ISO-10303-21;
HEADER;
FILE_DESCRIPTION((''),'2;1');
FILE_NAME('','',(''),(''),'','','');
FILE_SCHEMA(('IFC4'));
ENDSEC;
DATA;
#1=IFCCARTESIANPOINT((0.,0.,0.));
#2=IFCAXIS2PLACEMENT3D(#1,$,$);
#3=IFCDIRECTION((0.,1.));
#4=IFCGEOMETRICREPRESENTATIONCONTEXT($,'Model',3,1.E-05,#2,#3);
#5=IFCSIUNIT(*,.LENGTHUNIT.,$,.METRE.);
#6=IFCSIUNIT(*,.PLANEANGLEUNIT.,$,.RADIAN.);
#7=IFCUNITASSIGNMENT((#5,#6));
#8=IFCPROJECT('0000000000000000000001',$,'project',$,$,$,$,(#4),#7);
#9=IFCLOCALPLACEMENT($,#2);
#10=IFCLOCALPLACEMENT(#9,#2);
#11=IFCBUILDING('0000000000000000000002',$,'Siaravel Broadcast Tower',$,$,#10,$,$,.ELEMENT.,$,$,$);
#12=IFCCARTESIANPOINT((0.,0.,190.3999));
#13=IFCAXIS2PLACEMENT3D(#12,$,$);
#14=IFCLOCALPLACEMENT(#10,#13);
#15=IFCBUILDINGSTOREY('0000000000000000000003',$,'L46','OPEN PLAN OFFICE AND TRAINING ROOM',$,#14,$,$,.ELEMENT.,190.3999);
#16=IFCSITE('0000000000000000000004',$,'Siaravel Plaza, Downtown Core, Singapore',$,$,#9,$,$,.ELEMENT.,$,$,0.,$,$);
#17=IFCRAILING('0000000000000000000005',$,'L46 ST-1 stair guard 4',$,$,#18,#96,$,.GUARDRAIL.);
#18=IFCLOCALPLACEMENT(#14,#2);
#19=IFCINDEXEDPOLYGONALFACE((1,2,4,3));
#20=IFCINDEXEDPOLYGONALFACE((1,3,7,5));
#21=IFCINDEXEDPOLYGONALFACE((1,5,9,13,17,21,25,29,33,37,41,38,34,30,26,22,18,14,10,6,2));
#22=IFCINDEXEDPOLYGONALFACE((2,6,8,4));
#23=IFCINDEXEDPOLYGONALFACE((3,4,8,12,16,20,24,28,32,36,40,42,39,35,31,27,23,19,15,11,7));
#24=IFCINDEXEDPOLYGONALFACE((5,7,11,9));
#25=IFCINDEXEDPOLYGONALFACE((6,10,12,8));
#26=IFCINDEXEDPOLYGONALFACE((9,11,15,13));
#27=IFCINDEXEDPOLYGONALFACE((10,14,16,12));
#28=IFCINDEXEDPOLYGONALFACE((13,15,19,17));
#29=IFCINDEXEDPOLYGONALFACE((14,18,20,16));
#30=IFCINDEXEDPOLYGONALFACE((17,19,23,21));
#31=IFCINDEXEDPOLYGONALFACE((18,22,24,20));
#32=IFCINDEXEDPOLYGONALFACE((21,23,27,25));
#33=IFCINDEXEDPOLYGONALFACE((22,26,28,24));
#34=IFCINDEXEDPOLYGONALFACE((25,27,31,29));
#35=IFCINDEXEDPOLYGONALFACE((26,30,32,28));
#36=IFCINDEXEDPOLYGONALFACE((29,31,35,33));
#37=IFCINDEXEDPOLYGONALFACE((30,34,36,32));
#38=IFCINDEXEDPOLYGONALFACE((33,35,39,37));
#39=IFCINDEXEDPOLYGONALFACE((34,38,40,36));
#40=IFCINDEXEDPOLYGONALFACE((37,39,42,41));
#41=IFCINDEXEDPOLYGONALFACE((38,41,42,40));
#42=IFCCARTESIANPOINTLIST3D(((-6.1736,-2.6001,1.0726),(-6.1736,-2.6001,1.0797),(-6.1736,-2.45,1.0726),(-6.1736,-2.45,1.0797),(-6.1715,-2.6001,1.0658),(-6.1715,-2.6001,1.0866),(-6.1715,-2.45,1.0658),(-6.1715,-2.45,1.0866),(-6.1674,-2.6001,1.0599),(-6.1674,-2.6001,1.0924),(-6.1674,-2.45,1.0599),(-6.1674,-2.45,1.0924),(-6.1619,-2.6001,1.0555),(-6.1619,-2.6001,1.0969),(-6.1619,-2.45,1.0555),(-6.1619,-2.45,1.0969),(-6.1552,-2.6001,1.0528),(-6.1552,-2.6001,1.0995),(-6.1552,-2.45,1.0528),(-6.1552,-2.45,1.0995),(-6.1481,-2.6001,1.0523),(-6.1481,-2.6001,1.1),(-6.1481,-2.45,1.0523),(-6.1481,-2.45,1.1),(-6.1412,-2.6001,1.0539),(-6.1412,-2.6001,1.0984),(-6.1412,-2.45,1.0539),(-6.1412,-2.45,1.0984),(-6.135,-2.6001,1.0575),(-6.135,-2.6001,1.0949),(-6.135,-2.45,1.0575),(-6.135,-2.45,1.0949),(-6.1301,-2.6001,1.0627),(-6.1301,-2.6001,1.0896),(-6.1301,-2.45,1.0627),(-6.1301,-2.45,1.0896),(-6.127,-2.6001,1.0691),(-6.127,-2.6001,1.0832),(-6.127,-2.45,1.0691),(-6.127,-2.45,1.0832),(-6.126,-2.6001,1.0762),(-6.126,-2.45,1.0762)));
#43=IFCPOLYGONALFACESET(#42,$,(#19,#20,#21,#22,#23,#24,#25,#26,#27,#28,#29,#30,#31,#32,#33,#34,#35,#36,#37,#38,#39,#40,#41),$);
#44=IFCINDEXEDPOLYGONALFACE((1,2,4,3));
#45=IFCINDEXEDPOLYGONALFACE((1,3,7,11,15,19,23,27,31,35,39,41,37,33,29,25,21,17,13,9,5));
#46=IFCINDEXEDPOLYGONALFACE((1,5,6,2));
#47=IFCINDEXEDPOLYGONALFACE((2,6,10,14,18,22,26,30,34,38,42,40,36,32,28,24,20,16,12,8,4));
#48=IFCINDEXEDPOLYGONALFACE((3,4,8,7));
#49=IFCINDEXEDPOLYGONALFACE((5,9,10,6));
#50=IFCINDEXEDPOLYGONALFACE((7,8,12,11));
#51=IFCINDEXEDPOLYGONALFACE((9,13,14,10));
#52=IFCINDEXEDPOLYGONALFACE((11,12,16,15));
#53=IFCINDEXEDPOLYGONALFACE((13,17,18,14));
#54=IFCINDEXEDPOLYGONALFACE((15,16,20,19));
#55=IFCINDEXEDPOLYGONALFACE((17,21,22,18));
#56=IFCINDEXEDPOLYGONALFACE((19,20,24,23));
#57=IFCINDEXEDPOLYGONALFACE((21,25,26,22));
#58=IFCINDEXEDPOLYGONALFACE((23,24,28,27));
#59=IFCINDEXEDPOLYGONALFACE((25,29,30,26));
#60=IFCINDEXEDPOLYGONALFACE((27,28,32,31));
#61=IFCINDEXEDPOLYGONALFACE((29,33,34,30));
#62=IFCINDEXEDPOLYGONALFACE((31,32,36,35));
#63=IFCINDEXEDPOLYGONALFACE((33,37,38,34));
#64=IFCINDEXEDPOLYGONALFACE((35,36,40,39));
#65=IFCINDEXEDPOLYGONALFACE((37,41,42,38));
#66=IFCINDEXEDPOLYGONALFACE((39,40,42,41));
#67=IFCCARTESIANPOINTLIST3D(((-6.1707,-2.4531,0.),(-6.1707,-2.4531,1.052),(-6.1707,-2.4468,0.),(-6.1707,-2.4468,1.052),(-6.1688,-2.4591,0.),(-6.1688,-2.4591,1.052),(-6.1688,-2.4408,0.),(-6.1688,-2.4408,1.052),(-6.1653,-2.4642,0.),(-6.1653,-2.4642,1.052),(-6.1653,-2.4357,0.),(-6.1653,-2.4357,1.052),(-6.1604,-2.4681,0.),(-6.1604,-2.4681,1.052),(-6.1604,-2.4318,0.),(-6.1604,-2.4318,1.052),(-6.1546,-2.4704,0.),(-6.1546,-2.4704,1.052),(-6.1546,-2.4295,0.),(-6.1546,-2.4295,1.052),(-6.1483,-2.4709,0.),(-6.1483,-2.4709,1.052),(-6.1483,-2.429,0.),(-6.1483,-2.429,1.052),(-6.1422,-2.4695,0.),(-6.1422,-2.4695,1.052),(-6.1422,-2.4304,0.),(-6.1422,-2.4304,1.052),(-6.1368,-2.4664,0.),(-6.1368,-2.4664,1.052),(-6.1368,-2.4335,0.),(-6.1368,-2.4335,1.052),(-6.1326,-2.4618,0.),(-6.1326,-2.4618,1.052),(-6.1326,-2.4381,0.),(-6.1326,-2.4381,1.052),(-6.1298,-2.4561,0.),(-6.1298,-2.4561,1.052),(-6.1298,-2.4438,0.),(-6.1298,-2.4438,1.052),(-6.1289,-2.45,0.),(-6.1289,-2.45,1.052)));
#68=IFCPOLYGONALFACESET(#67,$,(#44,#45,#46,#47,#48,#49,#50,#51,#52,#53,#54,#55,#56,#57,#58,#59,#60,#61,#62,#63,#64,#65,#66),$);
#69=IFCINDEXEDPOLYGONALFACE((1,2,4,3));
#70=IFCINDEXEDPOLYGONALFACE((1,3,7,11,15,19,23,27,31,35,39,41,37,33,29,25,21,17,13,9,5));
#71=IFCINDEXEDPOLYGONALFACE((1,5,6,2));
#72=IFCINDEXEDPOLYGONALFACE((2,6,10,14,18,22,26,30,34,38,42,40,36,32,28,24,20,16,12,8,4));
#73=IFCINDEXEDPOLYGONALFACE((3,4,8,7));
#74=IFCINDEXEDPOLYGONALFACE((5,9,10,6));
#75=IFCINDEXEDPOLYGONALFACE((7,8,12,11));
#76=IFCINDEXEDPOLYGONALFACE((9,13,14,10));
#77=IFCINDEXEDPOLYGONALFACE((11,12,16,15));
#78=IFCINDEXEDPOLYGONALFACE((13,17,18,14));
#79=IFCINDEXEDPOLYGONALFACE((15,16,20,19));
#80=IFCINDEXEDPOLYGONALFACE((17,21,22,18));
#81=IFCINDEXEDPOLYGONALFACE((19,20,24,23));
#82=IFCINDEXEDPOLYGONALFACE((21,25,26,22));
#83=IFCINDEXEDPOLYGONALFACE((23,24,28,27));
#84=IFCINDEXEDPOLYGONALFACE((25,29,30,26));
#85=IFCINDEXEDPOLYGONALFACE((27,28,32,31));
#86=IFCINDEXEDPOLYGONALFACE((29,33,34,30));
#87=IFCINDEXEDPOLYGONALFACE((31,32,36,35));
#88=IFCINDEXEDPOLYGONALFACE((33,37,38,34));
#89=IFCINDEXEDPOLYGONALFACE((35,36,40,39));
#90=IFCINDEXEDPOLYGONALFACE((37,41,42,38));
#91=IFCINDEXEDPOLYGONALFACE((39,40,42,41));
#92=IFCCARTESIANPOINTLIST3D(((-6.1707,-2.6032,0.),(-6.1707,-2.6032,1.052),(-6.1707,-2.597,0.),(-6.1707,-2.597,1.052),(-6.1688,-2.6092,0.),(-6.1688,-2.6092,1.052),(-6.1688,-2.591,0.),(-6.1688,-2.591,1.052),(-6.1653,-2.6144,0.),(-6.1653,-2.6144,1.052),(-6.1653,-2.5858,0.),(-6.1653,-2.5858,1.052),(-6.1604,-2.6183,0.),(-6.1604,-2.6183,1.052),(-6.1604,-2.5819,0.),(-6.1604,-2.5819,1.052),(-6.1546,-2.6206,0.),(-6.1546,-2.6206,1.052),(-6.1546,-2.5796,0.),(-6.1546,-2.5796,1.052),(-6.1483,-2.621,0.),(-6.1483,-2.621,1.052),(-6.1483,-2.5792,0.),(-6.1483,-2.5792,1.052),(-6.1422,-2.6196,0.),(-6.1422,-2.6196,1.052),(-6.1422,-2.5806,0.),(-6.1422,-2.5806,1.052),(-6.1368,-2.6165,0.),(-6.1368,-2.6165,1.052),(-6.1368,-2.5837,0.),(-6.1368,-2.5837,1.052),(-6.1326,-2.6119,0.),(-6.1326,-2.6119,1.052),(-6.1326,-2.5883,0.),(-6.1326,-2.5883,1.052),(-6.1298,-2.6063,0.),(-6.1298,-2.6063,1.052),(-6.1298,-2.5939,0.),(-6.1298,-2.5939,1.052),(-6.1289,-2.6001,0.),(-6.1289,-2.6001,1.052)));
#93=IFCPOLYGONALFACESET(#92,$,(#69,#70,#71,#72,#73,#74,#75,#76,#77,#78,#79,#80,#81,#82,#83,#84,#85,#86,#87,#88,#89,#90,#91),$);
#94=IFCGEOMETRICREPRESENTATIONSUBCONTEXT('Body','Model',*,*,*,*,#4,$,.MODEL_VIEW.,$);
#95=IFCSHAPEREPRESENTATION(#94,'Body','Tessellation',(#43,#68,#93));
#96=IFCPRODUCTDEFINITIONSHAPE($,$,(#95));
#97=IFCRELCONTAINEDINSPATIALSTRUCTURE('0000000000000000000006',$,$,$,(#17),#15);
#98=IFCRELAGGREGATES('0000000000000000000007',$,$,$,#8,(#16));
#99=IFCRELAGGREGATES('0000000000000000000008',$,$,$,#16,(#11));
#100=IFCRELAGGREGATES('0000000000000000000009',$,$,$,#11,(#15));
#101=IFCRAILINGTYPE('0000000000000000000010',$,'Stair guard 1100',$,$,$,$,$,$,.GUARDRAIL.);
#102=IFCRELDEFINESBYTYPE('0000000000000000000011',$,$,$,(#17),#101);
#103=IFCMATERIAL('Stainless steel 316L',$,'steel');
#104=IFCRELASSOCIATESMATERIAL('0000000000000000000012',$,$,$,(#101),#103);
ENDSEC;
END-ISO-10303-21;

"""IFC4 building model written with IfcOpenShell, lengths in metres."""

from ifc_helpers import new_model, si_unit, direction, frame, origin, origin_2d, place, context, subcontext, project, spatial, circle, extrude, material, type_object, element, save


model = new_model("IFC4")

# Units and contexts
model_context = context("Model", 3, precision=1e-05, world=origin(), true_north=direction((0.0, 1.0)))
body_context = subcontext(model_context, "Body", "Model", "MODEL_VIEW")
ifc_project = project(units=[si_unit("LENGTHUNIT", "METRE"), si_unit("PLANEANGLEUNIT", "RADIAN")], contexts=[model_context])

# Site, building, storey
site_placement = place(None, origin())
site = spatial("IfcSite", under=ifc_project, at=site_placement, Name="Siaravel Plaza, Downtown Core, Singapore", CompositionType="ELEMENT", RefElevation=0.0)
building_placement = place(site_placement, origin())
building = spatial("IfcBuilding", under=site, at=building_placement, Name="Siaravel Broadcast Tower", CompositionType="ELEMENT")
storey_placement = place(building_placement, frame((0.0, 0.0, 190.3999)))
storey = spatial("IfcBuildingStorey", under=building, at=storey_placement, Name="L46", Description="OPEN PLAN OFFICE AND TRAINING ROOM", CompositionType="ELEMENT", Elevation=190.3999)

# Shared definitions
ifc_material_1 = material(Name="Stainless steel 316L", Category="steel")

# Railing
railing_type_1 = type_object("IfcRailingType", Name="Stair guard 1100", PredefinedType="GUARDRAIL", material=ifc_material_1)
railing_1_placement = place(storey_placement, frame((-6.1499, -2.45, 0.0)))
element("IfcRailing", 1, at=railing_1_placement, inside=storey, type_object=railing_type_1, Name="L46 ST-1 stair guard 4", PredefinedType="GUARDRAIL", context=body_context, shape_type="SweptSolid", body=[
    extrude(circle(Radius=0.0239, at=origin_2d()), frame((0.0, 0.0, 1.0762), z_axis=(0.0, -1.0, 0.0), x_axis=(1.0, 0.0, 0.0)), (0.0, 0.0, 1.0), 0.1501),
    extrude(circle(Radius=0.021, at=origin_2d()), origin(), (0.0, 0.0, 1.0), 1.052),
    extrude(circle(Radius=0.021, at=origin_2d()), frame((0.0, -0.1501, 0.0)), (0.0, 0.0, 1.0), 1.052),
])

save(model, "model.ifc")
